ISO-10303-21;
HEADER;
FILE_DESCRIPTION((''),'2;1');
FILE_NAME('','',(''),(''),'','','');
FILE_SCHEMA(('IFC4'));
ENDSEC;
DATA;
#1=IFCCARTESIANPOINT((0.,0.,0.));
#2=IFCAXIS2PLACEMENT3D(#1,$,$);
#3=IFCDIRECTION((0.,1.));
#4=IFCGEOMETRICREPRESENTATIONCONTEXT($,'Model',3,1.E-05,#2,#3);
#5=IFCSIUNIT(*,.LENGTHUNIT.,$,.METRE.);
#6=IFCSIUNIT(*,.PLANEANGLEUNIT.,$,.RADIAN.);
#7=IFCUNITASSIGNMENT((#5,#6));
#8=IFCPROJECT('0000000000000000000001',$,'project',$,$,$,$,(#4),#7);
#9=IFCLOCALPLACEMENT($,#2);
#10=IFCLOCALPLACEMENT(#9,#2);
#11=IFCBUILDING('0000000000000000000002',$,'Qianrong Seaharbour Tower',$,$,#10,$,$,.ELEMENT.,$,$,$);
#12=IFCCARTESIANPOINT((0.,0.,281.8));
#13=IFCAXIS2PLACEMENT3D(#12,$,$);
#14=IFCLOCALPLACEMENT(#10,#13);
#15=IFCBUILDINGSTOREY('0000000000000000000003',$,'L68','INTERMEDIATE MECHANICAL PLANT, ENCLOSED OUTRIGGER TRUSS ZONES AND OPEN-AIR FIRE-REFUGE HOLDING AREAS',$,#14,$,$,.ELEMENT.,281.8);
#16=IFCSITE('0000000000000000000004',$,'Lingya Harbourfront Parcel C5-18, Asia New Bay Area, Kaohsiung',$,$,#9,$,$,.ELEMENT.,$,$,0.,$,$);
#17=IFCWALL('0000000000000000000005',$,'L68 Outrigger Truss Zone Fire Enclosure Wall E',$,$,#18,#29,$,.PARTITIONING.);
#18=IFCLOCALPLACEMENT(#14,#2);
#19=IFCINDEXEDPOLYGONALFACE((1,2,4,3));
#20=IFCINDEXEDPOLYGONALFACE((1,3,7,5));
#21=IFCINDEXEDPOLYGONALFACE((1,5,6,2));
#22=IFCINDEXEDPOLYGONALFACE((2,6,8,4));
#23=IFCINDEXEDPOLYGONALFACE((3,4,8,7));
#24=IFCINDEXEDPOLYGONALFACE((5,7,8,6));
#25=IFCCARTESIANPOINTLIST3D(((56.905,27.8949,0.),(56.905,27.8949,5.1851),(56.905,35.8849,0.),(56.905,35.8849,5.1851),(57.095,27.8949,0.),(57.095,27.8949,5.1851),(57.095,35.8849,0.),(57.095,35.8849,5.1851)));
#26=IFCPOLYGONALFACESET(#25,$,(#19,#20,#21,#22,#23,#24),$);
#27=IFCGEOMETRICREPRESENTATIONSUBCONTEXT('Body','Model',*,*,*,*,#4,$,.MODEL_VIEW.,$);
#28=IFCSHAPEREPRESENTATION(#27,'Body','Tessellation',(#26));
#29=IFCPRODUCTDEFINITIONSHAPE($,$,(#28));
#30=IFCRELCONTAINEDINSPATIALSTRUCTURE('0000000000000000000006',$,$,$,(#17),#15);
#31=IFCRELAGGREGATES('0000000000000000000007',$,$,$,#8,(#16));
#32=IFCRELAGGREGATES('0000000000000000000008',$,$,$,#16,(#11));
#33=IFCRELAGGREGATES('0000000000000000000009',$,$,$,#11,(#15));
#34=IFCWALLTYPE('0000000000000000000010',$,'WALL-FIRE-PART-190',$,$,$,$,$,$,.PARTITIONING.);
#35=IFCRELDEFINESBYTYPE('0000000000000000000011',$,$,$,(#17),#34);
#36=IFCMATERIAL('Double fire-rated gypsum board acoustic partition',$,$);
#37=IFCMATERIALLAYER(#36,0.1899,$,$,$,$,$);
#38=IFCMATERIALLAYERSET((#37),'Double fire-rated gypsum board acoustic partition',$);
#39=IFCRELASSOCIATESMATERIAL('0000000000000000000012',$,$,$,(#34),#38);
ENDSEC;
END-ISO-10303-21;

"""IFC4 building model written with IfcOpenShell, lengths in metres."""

from ifc_helpers import new_model, si_unit, direction, frame, frame_2d, origin, place, context, subcontext, project, spatial, rectangle, extrude, material, layer, layer_set, type_object, element, save


model = new_model("IFC4")

# Units and contexts
model_context = context("Model", 3, precision=1e-05, world=origin(), true_north=direction((0.0, 1.0)))
body_context = subcontext(model_context, "Body", "Model", "MODEL_VIEW")
ifc_project = project(units=[si_unit("LENGTHUNIT", "METRE"), si_unit("PLANEANGLEUNIT", "RADIAN")], contexts=[model_context])

# Site, building, storey
site_placement = place(None, origin())
site = spatial("IfcSite", under=ifc_project, at=site_placement, Name="Lingya Harbourfront Parcel C5-18, Asia New Bay Area, Kaohsiung", CompositionType="ELEMENT", RefElevation=0.0)
building_placement = place(site_placement, origin())
building = spatial("IfcBuilding", under=site, at=building_placement, Name="Qianrong Seaharbour Tower", CompositionType="ELEMENT")
storey_placement = place(building_placement, frame((0.0, 0.0, 281.8)))
storey = spatial("IfcBuildingStorey", under=building, at=storey_placement, Name="L68", Description="INTERMEDIATE MECHANICAL PLANT, ENCLOSED OUTRIGGER TRUSS ZONES AND OPEN-AIR FIRE-REFUGE HOLDING AREAS", CompositionType="ELEMENT", Elevation=281.8)

# Wall
ifc_material_1 = material(Name="Double fire-rated gypsum board acoustic partition")
ifc_layer_1 = layer(ifc_material_1, 0.1899)
ifc_layer_set_1 = layer_set([ifc_layer_1], Name="Double fire-rated gypsum board acoustic partition")
wall_type = type_object("IfcWallType", Name="WALL-FIRE-PART-190", PredefinedType="PARTITIONING", material=ifc_layer_set_1)
wall_1_placement = place(storey_placement, frame((57.0, 35.885, 0.0), z_axis=(0.0, 0.0, 1.0), x_axis=(0.0, -1.0, 0.0)))
element("IfcWall", 1, at=wall_1_placement, inside=storey, type_object=wall_type, Name="L68 Outrigger Truss Zone Fire Enclosure Wall E", PredefinedType="PARTITIONING", context=body_context, shape_type="SweptSolid", body=[
    extrude(rectangle(XDim=7.99, YDim=0.1899, at=frame_2d((3.9951, 0.0))), origin(), (0.0, 0.0, 1.0), 5.1851),
])

save(model, "model.ifc")
